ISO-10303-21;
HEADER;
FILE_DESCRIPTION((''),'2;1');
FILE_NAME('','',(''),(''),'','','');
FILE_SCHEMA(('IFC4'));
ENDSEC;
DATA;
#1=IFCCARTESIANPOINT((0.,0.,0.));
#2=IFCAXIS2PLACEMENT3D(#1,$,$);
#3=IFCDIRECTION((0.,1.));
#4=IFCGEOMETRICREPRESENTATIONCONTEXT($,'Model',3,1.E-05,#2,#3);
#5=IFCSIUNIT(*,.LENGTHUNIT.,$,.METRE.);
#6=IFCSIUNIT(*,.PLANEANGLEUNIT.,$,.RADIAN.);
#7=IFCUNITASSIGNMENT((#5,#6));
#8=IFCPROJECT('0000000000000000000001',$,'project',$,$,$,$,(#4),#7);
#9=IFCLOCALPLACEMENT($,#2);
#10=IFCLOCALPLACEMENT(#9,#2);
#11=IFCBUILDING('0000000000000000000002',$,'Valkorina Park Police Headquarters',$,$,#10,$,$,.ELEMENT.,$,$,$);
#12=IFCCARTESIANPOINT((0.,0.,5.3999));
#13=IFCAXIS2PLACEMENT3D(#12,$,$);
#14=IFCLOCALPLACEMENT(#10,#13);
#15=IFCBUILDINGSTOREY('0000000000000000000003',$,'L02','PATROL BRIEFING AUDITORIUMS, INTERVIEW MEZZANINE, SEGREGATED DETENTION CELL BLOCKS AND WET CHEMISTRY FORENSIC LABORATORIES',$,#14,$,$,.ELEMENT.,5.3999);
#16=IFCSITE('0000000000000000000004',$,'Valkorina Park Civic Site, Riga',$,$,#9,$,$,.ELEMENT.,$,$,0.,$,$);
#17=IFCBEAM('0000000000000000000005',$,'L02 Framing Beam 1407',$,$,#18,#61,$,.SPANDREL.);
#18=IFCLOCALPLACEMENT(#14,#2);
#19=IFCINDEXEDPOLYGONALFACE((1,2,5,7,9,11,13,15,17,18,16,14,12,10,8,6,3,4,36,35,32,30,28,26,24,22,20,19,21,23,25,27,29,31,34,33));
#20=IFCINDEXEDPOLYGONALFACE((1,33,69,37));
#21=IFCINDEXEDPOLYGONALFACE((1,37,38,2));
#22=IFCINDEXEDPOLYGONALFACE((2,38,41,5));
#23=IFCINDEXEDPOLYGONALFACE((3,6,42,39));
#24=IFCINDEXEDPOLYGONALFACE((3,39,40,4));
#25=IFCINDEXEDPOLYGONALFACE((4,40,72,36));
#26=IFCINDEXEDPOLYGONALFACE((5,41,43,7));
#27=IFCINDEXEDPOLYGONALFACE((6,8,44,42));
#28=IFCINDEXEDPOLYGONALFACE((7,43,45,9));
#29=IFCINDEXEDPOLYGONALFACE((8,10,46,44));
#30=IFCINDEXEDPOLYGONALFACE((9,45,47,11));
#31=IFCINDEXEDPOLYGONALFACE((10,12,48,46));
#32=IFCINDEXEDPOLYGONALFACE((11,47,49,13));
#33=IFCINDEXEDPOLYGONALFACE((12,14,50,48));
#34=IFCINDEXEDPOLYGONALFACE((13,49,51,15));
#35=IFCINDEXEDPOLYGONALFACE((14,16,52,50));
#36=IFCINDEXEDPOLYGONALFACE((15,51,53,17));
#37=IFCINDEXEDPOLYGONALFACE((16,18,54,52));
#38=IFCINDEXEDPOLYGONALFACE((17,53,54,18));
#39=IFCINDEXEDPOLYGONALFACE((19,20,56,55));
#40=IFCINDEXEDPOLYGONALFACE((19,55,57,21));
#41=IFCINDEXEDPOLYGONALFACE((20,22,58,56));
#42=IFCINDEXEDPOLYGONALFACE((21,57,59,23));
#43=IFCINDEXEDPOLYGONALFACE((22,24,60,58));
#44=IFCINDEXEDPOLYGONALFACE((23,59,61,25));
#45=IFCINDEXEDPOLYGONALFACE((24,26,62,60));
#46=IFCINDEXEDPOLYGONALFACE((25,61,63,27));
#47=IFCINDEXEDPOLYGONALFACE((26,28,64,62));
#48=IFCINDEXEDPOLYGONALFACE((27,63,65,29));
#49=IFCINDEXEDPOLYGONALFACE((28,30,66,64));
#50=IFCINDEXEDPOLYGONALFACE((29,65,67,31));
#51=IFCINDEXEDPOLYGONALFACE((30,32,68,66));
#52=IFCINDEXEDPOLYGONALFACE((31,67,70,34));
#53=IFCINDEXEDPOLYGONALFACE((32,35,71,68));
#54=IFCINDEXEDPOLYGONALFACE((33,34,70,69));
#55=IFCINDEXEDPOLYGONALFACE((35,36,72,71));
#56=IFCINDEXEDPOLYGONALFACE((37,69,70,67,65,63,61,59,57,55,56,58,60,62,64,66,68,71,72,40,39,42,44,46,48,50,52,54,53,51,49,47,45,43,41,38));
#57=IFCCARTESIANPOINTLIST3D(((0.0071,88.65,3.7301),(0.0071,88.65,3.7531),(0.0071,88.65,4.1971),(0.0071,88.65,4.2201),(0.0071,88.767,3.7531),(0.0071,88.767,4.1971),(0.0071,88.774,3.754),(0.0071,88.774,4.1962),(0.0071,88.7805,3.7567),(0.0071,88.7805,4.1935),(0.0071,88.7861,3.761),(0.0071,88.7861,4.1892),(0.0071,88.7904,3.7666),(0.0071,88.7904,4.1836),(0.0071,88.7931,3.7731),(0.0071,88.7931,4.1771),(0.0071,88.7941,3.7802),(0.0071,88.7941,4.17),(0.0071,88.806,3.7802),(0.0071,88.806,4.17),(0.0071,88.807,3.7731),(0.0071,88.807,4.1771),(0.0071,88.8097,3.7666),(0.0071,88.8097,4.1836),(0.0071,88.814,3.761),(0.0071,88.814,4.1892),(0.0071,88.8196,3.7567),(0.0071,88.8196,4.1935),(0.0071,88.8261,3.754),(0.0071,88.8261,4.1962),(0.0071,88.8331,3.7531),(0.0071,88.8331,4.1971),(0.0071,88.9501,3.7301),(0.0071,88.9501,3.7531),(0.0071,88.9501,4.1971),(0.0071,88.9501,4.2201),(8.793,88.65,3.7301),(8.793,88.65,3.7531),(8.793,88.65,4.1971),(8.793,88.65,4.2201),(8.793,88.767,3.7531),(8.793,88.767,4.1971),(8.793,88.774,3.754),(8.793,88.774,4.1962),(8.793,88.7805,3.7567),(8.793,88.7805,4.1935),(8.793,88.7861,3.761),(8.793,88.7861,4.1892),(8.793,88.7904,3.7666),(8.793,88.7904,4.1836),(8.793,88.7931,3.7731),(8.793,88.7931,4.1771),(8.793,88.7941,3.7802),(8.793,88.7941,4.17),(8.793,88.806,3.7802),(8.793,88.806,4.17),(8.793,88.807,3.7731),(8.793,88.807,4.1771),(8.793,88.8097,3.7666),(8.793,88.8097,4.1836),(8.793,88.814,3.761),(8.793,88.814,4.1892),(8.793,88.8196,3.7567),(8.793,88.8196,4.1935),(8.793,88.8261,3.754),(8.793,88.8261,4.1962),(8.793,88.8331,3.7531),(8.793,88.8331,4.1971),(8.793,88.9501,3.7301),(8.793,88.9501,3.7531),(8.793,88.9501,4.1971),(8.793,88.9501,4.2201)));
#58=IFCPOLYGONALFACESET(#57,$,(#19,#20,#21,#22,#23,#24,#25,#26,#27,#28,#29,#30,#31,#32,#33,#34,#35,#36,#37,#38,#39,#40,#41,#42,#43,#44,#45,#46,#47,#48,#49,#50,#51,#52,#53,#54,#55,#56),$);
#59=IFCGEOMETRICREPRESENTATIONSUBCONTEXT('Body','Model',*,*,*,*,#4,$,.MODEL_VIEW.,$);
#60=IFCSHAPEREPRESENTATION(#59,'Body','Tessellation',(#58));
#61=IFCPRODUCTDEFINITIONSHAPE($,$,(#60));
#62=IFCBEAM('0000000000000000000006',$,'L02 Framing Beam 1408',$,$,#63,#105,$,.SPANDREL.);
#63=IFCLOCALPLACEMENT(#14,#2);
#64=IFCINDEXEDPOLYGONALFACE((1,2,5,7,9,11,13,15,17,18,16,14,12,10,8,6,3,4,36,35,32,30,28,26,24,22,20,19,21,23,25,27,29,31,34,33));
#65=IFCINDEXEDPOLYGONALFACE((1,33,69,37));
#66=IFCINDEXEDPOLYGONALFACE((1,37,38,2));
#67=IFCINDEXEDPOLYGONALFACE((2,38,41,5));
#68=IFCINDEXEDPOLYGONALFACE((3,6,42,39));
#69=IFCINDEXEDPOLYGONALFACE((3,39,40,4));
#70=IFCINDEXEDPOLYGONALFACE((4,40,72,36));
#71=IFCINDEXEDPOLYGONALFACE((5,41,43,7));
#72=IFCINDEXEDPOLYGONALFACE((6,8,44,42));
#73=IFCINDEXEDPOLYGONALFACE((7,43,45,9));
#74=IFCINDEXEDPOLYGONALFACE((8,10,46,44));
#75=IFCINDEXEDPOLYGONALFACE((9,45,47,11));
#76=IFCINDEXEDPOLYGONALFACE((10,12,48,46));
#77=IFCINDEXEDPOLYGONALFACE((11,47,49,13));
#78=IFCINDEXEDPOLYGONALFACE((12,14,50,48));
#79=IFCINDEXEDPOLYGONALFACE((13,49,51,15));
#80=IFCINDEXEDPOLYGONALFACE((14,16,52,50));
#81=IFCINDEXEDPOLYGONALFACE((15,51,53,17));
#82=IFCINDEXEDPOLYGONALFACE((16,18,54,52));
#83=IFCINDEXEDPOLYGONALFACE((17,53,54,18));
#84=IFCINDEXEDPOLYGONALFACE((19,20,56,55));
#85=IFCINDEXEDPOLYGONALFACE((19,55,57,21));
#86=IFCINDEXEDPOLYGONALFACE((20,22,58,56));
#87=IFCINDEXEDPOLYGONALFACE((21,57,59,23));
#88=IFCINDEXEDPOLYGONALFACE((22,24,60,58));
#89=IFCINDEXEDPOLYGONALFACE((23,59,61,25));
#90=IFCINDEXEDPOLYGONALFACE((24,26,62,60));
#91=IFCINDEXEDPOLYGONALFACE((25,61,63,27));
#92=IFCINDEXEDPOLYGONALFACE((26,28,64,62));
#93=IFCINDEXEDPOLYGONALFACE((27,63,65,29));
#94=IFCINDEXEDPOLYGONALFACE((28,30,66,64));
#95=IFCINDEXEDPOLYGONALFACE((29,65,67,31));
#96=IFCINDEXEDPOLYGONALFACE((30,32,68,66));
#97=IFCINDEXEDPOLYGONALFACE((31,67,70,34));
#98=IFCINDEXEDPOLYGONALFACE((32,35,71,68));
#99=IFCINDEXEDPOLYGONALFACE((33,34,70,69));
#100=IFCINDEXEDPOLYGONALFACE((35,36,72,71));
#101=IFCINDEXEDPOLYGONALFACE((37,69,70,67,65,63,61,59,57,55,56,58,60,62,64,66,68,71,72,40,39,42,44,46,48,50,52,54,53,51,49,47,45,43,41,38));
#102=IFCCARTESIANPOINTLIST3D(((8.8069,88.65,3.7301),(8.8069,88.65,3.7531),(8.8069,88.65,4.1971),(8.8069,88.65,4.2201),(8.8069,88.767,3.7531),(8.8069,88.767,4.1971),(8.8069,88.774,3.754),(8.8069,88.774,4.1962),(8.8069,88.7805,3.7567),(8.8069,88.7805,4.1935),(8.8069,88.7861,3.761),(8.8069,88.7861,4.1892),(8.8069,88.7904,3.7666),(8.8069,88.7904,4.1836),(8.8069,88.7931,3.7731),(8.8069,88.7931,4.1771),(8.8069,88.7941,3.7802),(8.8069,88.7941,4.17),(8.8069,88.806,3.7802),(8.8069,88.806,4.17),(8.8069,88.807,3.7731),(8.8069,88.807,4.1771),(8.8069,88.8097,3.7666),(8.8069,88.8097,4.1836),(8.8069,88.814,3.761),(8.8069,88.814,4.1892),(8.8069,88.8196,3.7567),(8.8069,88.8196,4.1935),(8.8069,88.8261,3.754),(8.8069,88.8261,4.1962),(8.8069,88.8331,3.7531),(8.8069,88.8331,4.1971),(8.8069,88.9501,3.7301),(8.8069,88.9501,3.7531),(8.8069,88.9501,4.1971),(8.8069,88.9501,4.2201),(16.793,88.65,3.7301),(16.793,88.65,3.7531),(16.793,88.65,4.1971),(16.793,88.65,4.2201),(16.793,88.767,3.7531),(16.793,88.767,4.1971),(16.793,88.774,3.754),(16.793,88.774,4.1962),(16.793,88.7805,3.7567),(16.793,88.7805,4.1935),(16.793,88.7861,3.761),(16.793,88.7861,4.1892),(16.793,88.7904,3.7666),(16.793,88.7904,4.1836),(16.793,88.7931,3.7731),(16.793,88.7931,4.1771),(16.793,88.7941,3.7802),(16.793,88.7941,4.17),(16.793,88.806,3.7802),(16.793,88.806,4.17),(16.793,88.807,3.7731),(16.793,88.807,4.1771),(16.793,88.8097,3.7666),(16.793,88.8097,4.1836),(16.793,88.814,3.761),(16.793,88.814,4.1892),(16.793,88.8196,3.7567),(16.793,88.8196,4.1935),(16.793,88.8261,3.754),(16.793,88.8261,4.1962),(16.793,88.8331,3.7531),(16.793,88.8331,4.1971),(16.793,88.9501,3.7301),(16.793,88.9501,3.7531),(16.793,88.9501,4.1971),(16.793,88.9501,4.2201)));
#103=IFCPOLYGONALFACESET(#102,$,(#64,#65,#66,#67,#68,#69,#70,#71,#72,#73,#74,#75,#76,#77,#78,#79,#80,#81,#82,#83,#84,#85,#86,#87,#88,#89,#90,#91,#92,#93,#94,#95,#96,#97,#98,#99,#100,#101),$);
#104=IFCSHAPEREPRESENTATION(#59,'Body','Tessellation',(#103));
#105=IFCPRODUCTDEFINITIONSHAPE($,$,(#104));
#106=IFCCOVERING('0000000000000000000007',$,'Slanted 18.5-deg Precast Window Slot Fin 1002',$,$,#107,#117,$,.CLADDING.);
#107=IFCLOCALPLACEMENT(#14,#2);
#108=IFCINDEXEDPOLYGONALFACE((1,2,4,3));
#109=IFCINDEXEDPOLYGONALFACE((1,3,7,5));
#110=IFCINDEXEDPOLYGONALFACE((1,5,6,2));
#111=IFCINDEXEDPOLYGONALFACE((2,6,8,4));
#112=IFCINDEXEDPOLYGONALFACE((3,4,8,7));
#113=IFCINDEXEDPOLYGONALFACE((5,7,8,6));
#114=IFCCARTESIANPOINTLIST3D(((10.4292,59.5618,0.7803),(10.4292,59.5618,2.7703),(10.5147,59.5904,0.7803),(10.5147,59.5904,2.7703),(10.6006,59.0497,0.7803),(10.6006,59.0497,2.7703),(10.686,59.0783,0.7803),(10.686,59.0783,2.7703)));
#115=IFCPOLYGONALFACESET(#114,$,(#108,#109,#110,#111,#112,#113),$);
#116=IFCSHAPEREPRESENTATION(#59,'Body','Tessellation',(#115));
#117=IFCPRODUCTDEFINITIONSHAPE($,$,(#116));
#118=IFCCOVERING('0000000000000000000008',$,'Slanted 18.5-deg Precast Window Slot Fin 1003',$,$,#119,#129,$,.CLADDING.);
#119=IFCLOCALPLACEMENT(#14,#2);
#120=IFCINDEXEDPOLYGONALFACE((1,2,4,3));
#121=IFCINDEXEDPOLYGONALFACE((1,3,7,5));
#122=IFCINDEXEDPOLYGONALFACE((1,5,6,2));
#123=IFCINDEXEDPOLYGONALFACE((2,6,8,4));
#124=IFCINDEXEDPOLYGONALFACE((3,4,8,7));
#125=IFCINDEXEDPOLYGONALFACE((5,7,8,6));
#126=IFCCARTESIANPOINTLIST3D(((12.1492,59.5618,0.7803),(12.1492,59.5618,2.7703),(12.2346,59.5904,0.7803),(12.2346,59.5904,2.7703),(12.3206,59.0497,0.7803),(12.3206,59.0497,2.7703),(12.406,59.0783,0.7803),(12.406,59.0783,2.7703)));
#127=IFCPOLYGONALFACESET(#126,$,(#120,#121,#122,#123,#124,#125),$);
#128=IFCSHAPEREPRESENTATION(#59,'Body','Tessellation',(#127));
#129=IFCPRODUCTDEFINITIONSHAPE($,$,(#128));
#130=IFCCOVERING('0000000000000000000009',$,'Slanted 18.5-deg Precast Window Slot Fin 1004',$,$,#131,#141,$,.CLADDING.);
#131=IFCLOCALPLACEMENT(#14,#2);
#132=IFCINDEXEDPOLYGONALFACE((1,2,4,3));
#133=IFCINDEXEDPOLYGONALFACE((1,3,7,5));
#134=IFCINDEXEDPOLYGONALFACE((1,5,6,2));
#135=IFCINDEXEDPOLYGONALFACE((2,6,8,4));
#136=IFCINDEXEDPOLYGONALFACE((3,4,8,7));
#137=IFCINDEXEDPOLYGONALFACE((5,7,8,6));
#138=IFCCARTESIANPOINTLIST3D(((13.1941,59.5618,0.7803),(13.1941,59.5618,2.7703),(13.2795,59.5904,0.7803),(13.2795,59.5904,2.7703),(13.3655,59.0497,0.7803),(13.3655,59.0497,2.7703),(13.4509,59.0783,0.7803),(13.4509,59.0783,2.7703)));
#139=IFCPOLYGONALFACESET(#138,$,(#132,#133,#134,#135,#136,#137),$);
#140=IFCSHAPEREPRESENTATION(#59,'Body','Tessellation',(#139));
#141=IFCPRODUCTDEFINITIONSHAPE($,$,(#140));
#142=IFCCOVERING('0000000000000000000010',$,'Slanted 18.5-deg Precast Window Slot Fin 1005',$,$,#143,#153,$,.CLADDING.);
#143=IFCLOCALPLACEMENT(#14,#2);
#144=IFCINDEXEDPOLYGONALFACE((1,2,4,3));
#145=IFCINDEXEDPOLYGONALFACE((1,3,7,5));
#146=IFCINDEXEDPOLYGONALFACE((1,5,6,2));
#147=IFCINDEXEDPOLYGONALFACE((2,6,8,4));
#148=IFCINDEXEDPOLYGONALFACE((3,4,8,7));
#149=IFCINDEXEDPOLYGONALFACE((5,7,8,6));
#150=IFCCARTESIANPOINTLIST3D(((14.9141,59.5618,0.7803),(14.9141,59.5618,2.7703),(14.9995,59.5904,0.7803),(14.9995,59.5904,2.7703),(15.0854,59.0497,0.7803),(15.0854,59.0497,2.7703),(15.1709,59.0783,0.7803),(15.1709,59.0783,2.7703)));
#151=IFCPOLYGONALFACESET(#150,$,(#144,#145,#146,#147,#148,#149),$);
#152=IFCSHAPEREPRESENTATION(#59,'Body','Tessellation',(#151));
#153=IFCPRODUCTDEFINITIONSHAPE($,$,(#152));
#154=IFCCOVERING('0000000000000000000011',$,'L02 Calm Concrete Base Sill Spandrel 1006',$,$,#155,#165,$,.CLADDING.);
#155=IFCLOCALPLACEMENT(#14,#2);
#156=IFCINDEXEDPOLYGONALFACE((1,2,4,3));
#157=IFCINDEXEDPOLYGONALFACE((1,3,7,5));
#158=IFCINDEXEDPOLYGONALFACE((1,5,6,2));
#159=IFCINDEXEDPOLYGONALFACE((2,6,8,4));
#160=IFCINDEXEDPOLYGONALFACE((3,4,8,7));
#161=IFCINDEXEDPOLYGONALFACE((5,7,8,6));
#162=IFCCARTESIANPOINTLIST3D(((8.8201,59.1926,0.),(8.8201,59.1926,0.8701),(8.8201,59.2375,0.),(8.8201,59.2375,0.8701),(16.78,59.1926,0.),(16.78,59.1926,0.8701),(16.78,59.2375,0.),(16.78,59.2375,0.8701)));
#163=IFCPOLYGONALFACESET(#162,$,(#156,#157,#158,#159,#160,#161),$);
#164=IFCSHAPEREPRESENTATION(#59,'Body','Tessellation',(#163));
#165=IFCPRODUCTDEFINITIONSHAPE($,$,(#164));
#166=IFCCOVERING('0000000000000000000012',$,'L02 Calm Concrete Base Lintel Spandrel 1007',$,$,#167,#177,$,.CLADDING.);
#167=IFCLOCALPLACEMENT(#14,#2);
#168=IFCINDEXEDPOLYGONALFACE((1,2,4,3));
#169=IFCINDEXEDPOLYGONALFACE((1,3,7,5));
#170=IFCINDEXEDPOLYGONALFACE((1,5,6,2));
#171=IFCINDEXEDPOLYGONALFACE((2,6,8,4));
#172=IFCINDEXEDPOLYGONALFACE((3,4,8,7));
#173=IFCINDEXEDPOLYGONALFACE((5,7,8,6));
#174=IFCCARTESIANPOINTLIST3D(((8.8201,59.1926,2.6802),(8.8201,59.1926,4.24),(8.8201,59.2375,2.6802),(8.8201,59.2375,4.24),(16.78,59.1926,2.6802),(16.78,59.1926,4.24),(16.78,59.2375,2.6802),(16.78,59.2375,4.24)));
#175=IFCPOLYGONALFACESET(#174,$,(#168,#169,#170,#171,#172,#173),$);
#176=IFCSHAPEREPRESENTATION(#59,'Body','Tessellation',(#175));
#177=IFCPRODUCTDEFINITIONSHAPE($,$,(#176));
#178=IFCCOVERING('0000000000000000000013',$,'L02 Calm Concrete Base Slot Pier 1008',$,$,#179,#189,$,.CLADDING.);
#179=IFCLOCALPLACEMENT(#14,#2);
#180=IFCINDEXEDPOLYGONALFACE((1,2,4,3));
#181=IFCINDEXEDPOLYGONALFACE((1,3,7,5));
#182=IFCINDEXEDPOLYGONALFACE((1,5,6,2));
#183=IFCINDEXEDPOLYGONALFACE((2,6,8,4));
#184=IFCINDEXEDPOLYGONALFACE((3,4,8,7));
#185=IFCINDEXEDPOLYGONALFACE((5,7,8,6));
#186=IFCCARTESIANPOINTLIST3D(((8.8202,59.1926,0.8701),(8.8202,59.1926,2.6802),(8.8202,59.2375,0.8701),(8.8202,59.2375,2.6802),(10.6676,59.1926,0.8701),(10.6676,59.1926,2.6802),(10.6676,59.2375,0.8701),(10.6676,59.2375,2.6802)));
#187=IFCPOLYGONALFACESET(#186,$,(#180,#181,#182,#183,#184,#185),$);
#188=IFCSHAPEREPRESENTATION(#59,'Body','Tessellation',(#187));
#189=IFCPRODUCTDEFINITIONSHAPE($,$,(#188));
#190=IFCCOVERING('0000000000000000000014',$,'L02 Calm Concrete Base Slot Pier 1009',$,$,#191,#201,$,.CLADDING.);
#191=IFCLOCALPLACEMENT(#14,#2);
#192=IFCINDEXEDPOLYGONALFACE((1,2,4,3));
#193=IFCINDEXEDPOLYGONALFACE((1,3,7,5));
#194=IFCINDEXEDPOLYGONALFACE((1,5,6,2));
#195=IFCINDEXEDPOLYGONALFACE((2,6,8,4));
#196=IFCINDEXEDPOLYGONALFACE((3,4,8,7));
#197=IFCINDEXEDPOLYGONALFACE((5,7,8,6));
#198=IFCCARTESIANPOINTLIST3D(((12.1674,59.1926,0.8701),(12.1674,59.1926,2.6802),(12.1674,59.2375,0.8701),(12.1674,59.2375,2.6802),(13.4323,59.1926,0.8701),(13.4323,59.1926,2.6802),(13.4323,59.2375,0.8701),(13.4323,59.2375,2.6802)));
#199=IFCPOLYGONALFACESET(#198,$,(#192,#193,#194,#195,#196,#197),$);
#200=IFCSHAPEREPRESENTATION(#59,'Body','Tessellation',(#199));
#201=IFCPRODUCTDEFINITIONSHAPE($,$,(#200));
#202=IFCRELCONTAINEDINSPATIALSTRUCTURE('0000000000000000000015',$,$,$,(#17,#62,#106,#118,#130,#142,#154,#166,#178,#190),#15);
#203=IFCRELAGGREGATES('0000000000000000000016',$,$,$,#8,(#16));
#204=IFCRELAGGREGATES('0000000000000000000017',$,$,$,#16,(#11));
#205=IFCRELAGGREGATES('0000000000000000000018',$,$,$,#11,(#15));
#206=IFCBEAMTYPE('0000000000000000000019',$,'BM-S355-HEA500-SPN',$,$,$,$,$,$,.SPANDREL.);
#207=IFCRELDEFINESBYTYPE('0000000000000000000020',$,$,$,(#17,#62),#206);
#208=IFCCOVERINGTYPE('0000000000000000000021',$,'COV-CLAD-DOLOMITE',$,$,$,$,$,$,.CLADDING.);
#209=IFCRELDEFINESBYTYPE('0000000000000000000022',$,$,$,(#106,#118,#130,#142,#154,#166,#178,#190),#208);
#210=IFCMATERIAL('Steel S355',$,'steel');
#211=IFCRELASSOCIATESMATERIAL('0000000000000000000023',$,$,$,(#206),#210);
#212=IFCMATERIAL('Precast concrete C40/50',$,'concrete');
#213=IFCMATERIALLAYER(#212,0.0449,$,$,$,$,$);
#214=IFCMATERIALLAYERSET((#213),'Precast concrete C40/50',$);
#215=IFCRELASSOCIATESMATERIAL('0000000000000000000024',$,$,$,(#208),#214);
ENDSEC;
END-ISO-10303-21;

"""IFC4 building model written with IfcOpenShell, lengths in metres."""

from ifc_helpers import new_model, si_unit, direction, frame, frame_2d, origin, origin_2d, place, context, subcontext, project, spatial, rectangle, i_section, extrude, material, layer, layer_set, material_profile, profile_set, type_object, element, save


model = new_model("IFC4")

# Units and contexts
model_context = context("Model", 3, precision=1e-05, world=origin(), true_north=direction((0.0, 1.0)))
body_context = subcontext(model_context, "Body", "Model", "MODEL_VIEW")
ifc_project = project(units=[si_unit("LENGTHUNIT", "METRE"), si_unit("PLANEANGLEUNIT", "RADIAN")], contexts=[model_context])

# Site, building, storey
site_placement = place(None, origin())
site = spatial("IfcSite", under=ifc_project, at=site_placement, Name="Valkorina Park Civic Site, Riga", CompositionType="ELEMENT", RefElevation=0.0)
building_placement = place(site_placement, origin())
building = spatial("IfcBuilding", under=site, at=building_placement, Name="Valkorina Park Police Headquarters", CompositionType="ELEMENT")
storey_placement = place(building_placement, frame((0.0, 0.0, 5.3999)))
storey = spatial("IfcBuildingStorey", under=building, at=storey_placement, Name="L02", Description="PATROL BRIEFING AUDITORIUMS, INTERVIEW MEZZANINE, SEGREGATED DETENTION CELL BLOCKS AND WET CHEMISTRY FORENSIC LABORATORIES", CompositionType="ELEMENT", Elevation=5.3999)

# Shared definitions
ifc_material_1 = material(Name="Steel S355", Category="steel")

# Beams
ifc_material_profile_1 = material_profile(ifc_material_1, i_section(OverallWidth=0.3, OverallDepth=0.49, WebThickness=0.012, FlangeThickness=0.0229, FilletRadius=0.0271, at=origin_2d()), Name="HEA 500")
ifc_profile_set_1 = profile_set([ifc_material_profile_1], Name="Steel S355")
beam_type = type_object("IfcBeamType", Name="BM-S355-HEA500-SPN", PredefinedType="SPANDREL", material=ifc_profile_set_1)
beam_1_placement = place(storey_placement, frame((0.0071, 88.8, 3.9751), z_axis=(1.0, 0.0, 0.0), x_axis=(0.0, 1.0, 0.0)))
element("IfcBeam", 1, at=beam_1_placement, inside=storey, type_object=beam_type, Name="L02 Framing Beam 1407", PredefinedType="SPANDREL", context=body_context, shape_type="SweptSolid", body=[
    extrude(i_section(OverallWidth=0.3, OverallDepth=0.49, WebThickness=0.012, FlangeThickness=0.0229, FilletRadius=0.0271, at=origin_2d()), origin(), (0.0, 0.0, 1.0), 8.7859),
])
beam_2_placement = place(storey_placement, frame((8.8069, 88.8, 3.9751), z_axis=(1.0, 0.0, 0.0), x_axis=(0.0, 1.0, 0.0)))
element("IfcBeam", 2, at=beam_2_placement, inside=storey, type_object=beam_type, Name="L02 Framing Beam 1408", PredefinedType="SPANDREL", context=body_context, shape_type="SweptSolid", body=[
    extrude(i_section(OverallWidth=0.3, OverallDepth=0.49, WebThickness=0.012, FlangeThickness=0.0229, FilletRadius=0.0271, at=origin_2d()), origin(), (0.0, 0.0, 1.0), 7.9861),
])

# Coverings
ifc_material_2 = material(Name="Precast concrete C40/50", Category="concrete")
ifc_layer = layer(ifc_material_2, 0.0449)
ifc_layer_set = layer_set([ifc_layer], Name="Precast concrete C40/50")
covering_type = type_object("IfcCoveringType", Name="COV-CLAD-DOLOMITE", PredefinedType="CLADDING", material=ifc_layer_set)
for number, where, z_axis, x_axis, name in (
    (3, (10.5576, 59.3201, 0.7803), (0.0, 0.0, 1.0), (-0.317305, 0.948324, 0.0), "Slanted 18.5-deg Precast Window Slot Fin 1002"),
    (4, (12.2776, 59.3201, 0.7803), (0.0, 0.0, 1.0), (-0.317305, 0.948324, 0.0), "Slanted 18.5-deg Precast Window Slot Fin 1003"),
    (5, (13.3225, 59.3201, 0.7803), (0.0, 0.0, 1.0), (-0.317305, 0.948324, 0.0), "Slanted 18.5-deg Precast Window Slot Fin 1004"),
    (6, (15.0425, 59.3201, 0.7803), (0.0, 0.0, 1.0), (-0.317305, 0.948324, 0.0), "Slanted 18.5-deg Precast Window Slot Fin 1005"),
):
    element("IfcCovering", number, at=place(storey_placement, frame(where, z_axis=z_axis, x_axis=x_axis)), inside=storey, type_object=covering_type, Name=name, PredefinedType="CLADDING", context=body_context, shape_type="SweptSolid", body=[
        extrude(rectangle(XDim=0.54, YDim=0.0901, at=origin_2d()), origin(), (0.0, 0.0, 1.0), 1.99),
    ])
covering_1_placement = place(storey_placement, frame((8.8201, 59.2151, 0.0), z_axis=(0.0, 0.0, 1.0), x_axis=(1.0, 0.0, 0.0)))
element("IfcCovering", 7, at=covering_1_placement, inside=storey, type_object=covering_type, Name="L02 Calm Concrete Base Sill Spandrel 1006", PredefinedType="CLADDING", context=body_context, shape_type="SweptSolid", body=[
    extrude(rectangle(XDim=7.96, YDim=0.0449, at=frame_2d((3.98, 0.0))), origin(), (0.0, 0.0, 1.0), 0.8701),
])
covering_2_placement = place(storey_placement, frame((8.8201, 59.2151, 2.6802), z_axis=(0.0, 0.0, 1.0), x_axis=(1.0, 0.0, 0.0)))
element("IfcCovering", 8, at=covering_2_placement, inside=storey, type_object=covering_type, Name="L02 Calm Concrete Base Lintel Spandrel 1007", PredefinedType="CLADDING", context=body_context, shape_type="SweptSolid", body=[
    extrude(rectangle(XDim=7.96, YDim=0.0449, at=frame_2d((3.98, 0.0))), origin(), (0.0, 0.0, 1.0), 1.5598),
])
covering_3_placement = place(storey_placement, frame((8.8201, 59.2151, 0.8701), z_axis=(0.0, 0.0, 1.0), x_axis=(1.0, 0.0, 0.0)))
element("IfcCovering", 9, at=covering_3_placement, inside=storey, type_object=covering_type, Name="L02 Calm Concrete Base Slot Pier 1008", PredefinedType="CLADDING", context=body_context, shape_type="SweptSolid", body=[
    extrude(rectangle(XDim=1.8474, YDim=0.0449, at=frame_2d((0.9238, 0.0))), origin(), (0.0, 0.0, 1.0), 1.8101),
])
covering_4_placement = place(storey_placement, frame((12.1675, 59.2151, 0.8701), z_axis=(0.0, 0.0, 1.0), x_axis=(1.0, 0.0, 0.0)))
element("IfcCovering", 10, at=covering_4_placement, inside=storey, type_object=covering_type, Name="L02 Calm Concrete Base Slot Pier 1009", PredefinedType="CLADDING", context=body_context, shape_type="SweptSolid", body=[
    extrude(rectangle(XDim=1.2649, YDim=0.0449, at=frame_2d((0.6323, 0.0))), origin(), (0.0, 0.0, 1.0), 1.8101),
])

save(model, "model.ifc")
